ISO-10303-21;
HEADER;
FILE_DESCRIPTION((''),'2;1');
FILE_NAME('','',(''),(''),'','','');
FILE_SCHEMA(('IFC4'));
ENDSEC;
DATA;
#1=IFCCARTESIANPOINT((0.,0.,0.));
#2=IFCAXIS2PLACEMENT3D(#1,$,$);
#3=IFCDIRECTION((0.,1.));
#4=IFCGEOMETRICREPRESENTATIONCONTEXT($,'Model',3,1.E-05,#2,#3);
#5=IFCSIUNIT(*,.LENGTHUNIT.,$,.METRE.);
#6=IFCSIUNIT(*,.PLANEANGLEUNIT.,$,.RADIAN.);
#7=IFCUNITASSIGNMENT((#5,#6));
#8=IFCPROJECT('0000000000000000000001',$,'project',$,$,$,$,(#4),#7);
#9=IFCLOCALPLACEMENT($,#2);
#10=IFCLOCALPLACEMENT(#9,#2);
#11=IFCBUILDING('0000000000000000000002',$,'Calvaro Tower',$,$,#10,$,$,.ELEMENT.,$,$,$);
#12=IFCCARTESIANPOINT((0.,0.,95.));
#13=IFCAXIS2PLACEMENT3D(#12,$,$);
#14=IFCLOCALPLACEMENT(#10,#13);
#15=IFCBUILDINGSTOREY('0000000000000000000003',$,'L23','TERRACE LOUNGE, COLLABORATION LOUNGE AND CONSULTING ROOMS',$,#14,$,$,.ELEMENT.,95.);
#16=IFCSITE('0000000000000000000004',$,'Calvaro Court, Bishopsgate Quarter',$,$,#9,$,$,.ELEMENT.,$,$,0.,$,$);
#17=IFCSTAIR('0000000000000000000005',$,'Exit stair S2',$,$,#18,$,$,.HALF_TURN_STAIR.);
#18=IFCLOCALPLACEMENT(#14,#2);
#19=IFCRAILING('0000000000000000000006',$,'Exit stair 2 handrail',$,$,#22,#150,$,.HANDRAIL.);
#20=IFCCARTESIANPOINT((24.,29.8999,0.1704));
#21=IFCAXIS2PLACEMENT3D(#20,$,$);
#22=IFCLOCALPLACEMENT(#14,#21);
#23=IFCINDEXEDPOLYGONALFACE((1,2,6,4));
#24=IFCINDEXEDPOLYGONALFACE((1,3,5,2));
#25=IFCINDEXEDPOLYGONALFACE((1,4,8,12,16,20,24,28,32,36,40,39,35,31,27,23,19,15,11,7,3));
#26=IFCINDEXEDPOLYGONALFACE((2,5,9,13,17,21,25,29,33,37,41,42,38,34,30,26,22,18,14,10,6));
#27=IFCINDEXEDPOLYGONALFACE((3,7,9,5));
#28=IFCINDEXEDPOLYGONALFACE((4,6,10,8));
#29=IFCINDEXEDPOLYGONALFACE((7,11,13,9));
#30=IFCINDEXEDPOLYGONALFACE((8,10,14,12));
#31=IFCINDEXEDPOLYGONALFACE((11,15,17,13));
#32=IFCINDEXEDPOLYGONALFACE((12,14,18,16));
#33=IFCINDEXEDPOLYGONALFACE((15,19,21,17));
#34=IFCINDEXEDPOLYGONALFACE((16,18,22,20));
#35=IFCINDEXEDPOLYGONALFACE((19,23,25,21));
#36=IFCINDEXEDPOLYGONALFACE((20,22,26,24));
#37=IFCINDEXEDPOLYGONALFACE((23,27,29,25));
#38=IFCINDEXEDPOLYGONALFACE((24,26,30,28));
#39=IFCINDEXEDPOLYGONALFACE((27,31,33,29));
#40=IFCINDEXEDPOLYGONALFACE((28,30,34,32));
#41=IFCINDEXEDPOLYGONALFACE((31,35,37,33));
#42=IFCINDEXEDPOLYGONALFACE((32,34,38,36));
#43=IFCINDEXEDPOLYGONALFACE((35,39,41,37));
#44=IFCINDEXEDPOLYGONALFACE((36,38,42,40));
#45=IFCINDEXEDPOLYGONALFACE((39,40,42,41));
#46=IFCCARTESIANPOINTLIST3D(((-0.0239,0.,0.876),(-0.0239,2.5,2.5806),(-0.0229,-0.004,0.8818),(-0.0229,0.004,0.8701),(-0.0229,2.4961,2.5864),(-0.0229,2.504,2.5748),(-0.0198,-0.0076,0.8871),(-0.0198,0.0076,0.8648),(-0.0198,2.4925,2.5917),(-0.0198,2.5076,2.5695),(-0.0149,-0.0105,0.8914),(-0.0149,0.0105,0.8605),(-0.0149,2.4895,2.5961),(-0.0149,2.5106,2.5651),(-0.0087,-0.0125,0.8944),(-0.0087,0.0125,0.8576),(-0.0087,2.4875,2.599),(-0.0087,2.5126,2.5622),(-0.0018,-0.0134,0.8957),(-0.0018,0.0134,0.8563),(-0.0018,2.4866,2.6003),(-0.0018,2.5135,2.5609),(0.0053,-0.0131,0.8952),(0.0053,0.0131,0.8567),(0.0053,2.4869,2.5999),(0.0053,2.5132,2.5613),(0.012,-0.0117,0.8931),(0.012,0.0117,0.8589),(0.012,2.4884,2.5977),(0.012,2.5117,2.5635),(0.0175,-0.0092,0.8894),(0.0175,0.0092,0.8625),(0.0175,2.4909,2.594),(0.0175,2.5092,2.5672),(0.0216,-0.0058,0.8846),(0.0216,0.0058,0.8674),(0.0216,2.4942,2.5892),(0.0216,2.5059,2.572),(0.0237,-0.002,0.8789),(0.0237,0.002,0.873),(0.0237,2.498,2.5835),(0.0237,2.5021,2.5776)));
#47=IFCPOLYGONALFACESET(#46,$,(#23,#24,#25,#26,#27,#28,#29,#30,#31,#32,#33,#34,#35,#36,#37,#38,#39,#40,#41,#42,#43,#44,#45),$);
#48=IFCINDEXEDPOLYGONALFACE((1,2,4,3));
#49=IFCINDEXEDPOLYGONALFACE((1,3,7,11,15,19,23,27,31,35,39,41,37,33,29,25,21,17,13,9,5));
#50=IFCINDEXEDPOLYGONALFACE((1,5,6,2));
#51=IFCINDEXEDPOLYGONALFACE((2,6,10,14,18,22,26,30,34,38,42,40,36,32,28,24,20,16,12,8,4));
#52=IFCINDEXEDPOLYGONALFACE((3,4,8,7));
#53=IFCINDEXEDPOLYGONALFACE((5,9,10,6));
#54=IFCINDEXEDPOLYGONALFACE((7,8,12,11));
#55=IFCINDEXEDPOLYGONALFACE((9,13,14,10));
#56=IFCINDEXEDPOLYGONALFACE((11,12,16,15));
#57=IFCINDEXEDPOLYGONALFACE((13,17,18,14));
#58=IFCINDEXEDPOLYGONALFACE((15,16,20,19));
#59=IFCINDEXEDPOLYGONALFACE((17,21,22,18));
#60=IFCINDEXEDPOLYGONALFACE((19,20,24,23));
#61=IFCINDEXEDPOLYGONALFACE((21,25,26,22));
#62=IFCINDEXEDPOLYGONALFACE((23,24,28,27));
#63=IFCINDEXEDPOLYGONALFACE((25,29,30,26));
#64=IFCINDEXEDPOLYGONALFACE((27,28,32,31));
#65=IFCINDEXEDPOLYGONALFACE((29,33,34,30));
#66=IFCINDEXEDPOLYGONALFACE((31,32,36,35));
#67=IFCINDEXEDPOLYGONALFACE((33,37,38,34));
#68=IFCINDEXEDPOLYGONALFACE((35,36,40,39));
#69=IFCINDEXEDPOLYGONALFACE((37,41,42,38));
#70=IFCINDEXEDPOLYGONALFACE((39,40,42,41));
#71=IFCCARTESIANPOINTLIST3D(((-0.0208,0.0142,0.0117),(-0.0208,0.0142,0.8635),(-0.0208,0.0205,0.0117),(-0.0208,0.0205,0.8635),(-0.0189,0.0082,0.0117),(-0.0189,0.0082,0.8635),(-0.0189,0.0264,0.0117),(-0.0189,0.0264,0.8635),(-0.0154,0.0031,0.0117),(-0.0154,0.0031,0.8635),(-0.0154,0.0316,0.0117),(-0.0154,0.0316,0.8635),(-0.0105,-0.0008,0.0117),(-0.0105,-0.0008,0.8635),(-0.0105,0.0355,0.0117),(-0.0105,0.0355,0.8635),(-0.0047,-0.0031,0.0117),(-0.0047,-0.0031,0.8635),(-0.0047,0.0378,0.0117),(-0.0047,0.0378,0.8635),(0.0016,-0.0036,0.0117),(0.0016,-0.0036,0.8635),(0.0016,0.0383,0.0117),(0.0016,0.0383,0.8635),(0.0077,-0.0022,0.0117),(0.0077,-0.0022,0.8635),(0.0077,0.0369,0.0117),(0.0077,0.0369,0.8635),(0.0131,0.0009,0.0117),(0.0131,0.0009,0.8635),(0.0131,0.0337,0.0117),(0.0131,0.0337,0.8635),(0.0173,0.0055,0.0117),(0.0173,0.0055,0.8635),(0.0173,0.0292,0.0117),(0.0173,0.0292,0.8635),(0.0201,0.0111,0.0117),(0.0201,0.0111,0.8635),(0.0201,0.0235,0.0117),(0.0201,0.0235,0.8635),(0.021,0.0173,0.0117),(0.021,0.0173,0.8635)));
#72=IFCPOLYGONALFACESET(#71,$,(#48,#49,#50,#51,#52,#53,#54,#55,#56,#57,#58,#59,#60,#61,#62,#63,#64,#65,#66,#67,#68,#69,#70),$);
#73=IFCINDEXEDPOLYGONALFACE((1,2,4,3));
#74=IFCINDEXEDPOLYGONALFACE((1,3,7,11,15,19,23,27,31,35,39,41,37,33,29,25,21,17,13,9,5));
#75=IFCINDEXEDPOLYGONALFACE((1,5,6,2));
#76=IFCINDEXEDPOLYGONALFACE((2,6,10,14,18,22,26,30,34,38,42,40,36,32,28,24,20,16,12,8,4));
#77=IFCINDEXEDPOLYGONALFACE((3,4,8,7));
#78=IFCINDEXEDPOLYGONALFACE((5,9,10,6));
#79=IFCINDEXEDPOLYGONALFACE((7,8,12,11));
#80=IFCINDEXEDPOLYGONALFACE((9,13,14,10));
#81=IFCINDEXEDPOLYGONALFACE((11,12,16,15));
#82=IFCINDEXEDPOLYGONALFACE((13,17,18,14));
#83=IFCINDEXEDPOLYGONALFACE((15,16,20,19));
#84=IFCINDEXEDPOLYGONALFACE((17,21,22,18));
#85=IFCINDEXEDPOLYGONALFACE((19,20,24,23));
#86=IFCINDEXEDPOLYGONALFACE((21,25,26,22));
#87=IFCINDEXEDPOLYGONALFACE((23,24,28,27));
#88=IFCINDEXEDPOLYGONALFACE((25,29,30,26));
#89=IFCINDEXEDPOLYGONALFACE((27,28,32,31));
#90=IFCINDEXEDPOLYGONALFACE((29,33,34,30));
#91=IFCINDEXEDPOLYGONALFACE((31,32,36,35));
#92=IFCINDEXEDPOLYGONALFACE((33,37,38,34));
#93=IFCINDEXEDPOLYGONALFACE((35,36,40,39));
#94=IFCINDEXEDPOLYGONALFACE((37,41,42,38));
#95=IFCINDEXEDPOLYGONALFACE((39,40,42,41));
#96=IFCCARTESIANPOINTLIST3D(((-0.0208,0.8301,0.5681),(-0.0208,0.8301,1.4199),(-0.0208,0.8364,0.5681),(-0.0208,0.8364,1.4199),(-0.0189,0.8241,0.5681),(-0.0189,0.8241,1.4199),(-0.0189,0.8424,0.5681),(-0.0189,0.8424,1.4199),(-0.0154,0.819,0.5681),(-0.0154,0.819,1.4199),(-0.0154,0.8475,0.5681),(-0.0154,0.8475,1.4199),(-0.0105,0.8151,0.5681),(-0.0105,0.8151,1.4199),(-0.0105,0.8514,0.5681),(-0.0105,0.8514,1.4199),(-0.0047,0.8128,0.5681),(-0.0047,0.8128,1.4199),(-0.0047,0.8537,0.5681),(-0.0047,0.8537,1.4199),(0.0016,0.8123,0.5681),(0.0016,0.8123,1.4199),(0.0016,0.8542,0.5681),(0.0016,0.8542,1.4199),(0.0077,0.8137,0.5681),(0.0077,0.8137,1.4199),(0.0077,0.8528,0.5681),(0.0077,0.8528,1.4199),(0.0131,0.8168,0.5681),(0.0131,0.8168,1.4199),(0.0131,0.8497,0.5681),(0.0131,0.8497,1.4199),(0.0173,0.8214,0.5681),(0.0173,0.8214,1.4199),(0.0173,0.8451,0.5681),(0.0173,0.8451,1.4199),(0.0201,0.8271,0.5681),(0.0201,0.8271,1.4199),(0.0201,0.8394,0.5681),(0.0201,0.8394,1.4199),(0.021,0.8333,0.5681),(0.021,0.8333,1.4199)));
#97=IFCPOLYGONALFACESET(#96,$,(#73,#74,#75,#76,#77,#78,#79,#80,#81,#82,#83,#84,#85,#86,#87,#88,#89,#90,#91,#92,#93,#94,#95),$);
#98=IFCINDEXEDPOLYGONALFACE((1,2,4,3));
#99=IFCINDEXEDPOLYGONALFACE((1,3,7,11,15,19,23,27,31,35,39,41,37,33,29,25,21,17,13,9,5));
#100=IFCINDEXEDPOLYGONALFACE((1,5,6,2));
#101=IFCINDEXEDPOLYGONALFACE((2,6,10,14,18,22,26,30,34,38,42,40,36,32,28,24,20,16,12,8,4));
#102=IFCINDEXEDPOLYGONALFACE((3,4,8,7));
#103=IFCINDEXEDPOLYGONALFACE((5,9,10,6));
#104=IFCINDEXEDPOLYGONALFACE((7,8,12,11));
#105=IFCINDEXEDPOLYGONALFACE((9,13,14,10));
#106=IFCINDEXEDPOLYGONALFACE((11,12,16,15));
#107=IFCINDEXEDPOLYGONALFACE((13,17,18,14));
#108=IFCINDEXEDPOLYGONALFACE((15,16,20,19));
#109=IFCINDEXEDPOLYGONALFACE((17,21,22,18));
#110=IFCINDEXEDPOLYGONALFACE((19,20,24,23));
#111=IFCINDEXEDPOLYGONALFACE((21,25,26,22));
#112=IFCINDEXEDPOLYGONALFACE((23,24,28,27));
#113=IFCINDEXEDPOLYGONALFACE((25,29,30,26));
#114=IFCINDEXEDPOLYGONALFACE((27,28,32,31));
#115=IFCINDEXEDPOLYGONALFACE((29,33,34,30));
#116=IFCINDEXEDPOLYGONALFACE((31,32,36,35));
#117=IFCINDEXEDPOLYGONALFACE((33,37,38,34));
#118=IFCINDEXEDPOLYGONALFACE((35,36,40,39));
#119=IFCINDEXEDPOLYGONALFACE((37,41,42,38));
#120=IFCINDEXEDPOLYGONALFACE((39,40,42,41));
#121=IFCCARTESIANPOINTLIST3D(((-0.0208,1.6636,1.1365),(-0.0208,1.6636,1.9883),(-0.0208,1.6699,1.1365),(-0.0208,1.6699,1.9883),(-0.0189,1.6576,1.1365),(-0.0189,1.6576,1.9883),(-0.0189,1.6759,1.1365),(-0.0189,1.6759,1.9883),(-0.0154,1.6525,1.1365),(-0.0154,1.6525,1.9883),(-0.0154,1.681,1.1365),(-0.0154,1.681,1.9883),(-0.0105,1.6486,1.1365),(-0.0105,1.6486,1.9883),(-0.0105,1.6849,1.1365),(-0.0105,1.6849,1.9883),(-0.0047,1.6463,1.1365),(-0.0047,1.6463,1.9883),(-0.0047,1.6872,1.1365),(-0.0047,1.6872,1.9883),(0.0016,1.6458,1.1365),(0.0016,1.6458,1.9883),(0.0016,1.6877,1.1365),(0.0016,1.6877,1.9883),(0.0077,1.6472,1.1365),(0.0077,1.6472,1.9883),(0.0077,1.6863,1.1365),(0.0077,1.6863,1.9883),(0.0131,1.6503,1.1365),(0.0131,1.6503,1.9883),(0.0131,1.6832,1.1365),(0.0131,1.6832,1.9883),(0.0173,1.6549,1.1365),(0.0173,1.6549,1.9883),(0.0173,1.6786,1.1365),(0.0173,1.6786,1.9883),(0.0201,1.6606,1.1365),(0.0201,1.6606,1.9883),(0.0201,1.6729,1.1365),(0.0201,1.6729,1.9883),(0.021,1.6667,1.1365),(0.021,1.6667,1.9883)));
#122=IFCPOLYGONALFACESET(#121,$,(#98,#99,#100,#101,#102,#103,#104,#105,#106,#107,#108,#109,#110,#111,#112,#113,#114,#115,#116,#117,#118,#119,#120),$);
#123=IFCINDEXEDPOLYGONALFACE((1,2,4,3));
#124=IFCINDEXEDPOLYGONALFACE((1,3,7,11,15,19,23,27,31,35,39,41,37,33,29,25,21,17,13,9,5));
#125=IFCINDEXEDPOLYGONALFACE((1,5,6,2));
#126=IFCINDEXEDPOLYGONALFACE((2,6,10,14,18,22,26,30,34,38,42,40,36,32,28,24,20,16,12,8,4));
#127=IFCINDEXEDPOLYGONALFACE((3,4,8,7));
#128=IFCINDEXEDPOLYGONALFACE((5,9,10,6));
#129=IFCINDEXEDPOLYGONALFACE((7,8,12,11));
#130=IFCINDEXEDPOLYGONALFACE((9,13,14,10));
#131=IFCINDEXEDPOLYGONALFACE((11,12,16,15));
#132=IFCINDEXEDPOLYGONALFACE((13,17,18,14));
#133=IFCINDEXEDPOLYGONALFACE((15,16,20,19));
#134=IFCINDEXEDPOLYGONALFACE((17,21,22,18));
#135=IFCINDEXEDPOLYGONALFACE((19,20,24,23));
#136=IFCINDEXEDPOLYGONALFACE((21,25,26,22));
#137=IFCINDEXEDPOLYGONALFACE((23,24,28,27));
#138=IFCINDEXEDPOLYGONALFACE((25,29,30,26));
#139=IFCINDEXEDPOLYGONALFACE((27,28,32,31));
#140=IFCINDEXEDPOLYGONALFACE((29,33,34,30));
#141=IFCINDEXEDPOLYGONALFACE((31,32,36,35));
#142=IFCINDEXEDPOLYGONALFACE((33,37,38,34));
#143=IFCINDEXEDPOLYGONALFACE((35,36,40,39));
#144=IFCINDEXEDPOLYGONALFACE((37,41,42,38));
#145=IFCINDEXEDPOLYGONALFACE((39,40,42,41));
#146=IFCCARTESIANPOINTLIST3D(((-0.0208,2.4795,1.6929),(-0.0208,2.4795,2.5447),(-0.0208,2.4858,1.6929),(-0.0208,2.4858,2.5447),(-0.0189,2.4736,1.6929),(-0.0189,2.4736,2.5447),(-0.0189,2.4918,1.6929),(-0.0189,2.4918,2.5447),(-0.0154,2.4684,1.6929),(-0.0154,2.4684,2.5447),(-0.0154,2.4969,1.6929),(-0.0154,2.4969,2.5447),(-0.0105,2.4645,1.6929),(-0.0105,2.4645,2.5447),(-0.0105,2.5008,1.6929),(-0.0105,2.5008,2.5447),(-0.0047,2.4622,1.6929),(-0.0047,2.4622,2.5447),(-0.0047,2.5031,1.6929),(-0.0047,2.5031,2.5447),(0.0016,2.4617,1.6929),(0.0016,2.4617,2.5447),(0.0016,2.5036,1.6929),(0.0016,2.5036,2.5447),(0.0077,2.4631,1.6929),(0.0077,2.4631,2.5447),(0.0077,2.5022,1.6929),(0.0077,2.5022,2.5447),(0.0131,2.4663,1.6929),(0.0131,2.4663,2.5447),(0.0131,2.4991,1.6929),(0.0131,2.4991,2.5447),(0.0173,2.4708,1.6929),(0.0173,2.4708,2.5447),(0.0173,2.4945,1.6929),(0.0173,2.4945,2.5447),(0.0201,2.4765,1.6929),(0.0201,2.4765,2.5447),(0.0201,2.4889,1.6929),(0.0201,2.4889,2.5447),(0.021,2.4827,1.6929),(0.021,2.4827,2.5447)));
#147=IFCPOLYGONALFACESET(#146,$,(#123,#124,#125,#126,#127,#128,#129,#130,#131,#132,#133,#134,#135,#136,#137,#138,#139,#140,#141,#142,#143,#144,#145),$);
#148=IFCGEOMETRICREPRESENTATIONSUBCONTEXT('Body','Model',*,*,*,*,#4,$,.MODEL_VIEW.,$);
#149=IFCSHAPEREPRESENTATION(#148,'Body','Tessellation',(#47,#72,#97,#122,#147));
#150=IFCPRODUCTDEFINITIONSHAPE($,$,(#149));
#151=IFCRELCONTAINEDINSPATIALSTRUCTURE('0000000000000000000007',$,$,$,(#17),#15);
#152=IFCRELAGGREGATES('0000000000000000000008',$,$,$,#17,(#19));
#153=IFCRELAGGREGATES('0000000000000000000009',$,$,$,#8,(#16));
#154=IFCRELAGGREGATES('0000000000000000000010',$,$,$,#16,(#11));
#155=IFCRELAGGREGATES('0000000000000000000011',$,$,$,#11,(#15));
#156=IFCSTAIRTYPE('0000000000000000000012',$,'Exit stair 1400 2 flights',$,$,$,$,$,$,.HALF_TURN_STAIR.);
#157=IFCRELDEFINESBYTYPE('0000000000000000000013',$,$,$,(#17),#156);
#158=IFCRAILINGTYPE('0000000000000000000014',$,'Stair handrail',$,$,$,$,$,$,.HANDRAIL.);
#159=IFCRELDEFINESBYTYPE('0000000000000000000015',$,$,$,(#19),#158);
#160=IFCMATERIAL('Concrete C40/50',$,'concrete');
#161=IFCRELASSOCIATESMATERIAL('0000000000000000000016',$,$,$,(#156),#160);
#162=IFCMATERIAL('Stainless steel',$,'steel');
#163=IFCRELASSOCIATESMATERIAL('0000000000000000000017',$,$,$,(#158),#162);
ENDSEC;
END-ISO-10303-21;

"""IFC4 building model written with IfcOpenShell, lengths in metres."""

from ifc_helpers import new_model, si_unit, direction, frame, origin, origin_2d, place, context, subcontext, project, spatial, circle, extrude, material, type_object, element, aggregate, save


model = new_model("IFC4")

# Units and contexts
model_context = context("Model", 3, precision=1e-05, world=origin(), true_north=direction((0.0, 1.0)))
body_context = subcontext(model_context, "Body", "Model", "MODEL_VIEW")
ifc_project = project(units=[si_unit("LENGTHUNIT", "METRE"), si_unit("PLANEANGLEUNIT", "RADIAN")], contexts=[model_context])

# Site, building, storey
site_placement = place(None, origin())
site = spatial("IfcSite", under=ifc_project, at=site_placement, Name="Calvaro Court, Bishopsgate Quarter", CompositionType="ELEMENT", RefElevation=0.0)
building_placement = place(site_placement, origin())
building = spatial("IfcBuilding", under=site, at=building_placement, Name="Calvaro Tower", CompositionType="ELEMENT")
storey_placement = place(building_placement, frame((0.0, 0.0, 95.0)))
storey = spatial("IfcBuildingStorey", under=building, at=storey_placement, Name="L23", Description="TERRACE LOUNGE, COLLABORATION LOUNGE AND CONSULTING ROOMS", CompositionType="ELEMENT", Elevation=95.0)

# Stair, railing
ifc_material_1 = material(Name="Concrete C40/50", Category="concrete")
stair_type = type_object("IfcStairType", Name="Exit stair 1400 2 flights", PredefinedType="HALF_TURN_STAIR", material=ifc_material_1)
stair_placement = place(storey_placement, origin())
stair = element("IfcStair", 1, at=stair_placement, inside=storey, type_object=stair_type, Name="Exit stair S2", PredefinedType="HALF_TURN_STAIR")
ifc_material_2 = material(Name="Stainless steel", Category="steel")
railing_type = type_object("IfcRailingType", Name="Stair handrail", PredefinedType="HANDRAIL", material=ifc_material_2)
railing_placement = place(storey_placement, frame((24.0, 29.8999, 0.1704)))
railing = element("IfcRailing", 2, at=railing_placement, type_object=railing_type, Name="Exit stair 2 handrail", PredefinedType="HANDRAIL", context=body_context, shape_type="SweptSolid", body=[
    extrude(circle(Radius=0.0239, at=origin_2d()), frame((0.0, 0.0, 0.876), z_axis=(0.0, 0.826221, 0.563347), x_axis=(-1.0, 0.0, 0.0)), (0.0, 0.0, 1.0), 3.0259),
    extrude(circle(Radius=0.021, at=origin_2d()), frame((0.0, 0.0173, 0.0117)), (0.0, 0.0, 1.0), 0.8518),
    extrude(circle(Radius=0.021, at=origin_2d()), frame((0.0, 0.8333, 0.5681)), (0.0, 0.0, 1.0), 0.8518),
    extrude(circle(Radius=0.021, at=origin_2d()), frame((0.0, 1.6667, 1.1365)), (0.0, 0.0, 1.0), 0.8518),
    extrude(circle(Radius=0.021, at=origin_2d()), frame((0.0, 2.4827, 1.6929)), (0.0, 0.0, 1.0), 0.8518),
])
aggregate(stair, [railing])

save(model, "model.ifc")
